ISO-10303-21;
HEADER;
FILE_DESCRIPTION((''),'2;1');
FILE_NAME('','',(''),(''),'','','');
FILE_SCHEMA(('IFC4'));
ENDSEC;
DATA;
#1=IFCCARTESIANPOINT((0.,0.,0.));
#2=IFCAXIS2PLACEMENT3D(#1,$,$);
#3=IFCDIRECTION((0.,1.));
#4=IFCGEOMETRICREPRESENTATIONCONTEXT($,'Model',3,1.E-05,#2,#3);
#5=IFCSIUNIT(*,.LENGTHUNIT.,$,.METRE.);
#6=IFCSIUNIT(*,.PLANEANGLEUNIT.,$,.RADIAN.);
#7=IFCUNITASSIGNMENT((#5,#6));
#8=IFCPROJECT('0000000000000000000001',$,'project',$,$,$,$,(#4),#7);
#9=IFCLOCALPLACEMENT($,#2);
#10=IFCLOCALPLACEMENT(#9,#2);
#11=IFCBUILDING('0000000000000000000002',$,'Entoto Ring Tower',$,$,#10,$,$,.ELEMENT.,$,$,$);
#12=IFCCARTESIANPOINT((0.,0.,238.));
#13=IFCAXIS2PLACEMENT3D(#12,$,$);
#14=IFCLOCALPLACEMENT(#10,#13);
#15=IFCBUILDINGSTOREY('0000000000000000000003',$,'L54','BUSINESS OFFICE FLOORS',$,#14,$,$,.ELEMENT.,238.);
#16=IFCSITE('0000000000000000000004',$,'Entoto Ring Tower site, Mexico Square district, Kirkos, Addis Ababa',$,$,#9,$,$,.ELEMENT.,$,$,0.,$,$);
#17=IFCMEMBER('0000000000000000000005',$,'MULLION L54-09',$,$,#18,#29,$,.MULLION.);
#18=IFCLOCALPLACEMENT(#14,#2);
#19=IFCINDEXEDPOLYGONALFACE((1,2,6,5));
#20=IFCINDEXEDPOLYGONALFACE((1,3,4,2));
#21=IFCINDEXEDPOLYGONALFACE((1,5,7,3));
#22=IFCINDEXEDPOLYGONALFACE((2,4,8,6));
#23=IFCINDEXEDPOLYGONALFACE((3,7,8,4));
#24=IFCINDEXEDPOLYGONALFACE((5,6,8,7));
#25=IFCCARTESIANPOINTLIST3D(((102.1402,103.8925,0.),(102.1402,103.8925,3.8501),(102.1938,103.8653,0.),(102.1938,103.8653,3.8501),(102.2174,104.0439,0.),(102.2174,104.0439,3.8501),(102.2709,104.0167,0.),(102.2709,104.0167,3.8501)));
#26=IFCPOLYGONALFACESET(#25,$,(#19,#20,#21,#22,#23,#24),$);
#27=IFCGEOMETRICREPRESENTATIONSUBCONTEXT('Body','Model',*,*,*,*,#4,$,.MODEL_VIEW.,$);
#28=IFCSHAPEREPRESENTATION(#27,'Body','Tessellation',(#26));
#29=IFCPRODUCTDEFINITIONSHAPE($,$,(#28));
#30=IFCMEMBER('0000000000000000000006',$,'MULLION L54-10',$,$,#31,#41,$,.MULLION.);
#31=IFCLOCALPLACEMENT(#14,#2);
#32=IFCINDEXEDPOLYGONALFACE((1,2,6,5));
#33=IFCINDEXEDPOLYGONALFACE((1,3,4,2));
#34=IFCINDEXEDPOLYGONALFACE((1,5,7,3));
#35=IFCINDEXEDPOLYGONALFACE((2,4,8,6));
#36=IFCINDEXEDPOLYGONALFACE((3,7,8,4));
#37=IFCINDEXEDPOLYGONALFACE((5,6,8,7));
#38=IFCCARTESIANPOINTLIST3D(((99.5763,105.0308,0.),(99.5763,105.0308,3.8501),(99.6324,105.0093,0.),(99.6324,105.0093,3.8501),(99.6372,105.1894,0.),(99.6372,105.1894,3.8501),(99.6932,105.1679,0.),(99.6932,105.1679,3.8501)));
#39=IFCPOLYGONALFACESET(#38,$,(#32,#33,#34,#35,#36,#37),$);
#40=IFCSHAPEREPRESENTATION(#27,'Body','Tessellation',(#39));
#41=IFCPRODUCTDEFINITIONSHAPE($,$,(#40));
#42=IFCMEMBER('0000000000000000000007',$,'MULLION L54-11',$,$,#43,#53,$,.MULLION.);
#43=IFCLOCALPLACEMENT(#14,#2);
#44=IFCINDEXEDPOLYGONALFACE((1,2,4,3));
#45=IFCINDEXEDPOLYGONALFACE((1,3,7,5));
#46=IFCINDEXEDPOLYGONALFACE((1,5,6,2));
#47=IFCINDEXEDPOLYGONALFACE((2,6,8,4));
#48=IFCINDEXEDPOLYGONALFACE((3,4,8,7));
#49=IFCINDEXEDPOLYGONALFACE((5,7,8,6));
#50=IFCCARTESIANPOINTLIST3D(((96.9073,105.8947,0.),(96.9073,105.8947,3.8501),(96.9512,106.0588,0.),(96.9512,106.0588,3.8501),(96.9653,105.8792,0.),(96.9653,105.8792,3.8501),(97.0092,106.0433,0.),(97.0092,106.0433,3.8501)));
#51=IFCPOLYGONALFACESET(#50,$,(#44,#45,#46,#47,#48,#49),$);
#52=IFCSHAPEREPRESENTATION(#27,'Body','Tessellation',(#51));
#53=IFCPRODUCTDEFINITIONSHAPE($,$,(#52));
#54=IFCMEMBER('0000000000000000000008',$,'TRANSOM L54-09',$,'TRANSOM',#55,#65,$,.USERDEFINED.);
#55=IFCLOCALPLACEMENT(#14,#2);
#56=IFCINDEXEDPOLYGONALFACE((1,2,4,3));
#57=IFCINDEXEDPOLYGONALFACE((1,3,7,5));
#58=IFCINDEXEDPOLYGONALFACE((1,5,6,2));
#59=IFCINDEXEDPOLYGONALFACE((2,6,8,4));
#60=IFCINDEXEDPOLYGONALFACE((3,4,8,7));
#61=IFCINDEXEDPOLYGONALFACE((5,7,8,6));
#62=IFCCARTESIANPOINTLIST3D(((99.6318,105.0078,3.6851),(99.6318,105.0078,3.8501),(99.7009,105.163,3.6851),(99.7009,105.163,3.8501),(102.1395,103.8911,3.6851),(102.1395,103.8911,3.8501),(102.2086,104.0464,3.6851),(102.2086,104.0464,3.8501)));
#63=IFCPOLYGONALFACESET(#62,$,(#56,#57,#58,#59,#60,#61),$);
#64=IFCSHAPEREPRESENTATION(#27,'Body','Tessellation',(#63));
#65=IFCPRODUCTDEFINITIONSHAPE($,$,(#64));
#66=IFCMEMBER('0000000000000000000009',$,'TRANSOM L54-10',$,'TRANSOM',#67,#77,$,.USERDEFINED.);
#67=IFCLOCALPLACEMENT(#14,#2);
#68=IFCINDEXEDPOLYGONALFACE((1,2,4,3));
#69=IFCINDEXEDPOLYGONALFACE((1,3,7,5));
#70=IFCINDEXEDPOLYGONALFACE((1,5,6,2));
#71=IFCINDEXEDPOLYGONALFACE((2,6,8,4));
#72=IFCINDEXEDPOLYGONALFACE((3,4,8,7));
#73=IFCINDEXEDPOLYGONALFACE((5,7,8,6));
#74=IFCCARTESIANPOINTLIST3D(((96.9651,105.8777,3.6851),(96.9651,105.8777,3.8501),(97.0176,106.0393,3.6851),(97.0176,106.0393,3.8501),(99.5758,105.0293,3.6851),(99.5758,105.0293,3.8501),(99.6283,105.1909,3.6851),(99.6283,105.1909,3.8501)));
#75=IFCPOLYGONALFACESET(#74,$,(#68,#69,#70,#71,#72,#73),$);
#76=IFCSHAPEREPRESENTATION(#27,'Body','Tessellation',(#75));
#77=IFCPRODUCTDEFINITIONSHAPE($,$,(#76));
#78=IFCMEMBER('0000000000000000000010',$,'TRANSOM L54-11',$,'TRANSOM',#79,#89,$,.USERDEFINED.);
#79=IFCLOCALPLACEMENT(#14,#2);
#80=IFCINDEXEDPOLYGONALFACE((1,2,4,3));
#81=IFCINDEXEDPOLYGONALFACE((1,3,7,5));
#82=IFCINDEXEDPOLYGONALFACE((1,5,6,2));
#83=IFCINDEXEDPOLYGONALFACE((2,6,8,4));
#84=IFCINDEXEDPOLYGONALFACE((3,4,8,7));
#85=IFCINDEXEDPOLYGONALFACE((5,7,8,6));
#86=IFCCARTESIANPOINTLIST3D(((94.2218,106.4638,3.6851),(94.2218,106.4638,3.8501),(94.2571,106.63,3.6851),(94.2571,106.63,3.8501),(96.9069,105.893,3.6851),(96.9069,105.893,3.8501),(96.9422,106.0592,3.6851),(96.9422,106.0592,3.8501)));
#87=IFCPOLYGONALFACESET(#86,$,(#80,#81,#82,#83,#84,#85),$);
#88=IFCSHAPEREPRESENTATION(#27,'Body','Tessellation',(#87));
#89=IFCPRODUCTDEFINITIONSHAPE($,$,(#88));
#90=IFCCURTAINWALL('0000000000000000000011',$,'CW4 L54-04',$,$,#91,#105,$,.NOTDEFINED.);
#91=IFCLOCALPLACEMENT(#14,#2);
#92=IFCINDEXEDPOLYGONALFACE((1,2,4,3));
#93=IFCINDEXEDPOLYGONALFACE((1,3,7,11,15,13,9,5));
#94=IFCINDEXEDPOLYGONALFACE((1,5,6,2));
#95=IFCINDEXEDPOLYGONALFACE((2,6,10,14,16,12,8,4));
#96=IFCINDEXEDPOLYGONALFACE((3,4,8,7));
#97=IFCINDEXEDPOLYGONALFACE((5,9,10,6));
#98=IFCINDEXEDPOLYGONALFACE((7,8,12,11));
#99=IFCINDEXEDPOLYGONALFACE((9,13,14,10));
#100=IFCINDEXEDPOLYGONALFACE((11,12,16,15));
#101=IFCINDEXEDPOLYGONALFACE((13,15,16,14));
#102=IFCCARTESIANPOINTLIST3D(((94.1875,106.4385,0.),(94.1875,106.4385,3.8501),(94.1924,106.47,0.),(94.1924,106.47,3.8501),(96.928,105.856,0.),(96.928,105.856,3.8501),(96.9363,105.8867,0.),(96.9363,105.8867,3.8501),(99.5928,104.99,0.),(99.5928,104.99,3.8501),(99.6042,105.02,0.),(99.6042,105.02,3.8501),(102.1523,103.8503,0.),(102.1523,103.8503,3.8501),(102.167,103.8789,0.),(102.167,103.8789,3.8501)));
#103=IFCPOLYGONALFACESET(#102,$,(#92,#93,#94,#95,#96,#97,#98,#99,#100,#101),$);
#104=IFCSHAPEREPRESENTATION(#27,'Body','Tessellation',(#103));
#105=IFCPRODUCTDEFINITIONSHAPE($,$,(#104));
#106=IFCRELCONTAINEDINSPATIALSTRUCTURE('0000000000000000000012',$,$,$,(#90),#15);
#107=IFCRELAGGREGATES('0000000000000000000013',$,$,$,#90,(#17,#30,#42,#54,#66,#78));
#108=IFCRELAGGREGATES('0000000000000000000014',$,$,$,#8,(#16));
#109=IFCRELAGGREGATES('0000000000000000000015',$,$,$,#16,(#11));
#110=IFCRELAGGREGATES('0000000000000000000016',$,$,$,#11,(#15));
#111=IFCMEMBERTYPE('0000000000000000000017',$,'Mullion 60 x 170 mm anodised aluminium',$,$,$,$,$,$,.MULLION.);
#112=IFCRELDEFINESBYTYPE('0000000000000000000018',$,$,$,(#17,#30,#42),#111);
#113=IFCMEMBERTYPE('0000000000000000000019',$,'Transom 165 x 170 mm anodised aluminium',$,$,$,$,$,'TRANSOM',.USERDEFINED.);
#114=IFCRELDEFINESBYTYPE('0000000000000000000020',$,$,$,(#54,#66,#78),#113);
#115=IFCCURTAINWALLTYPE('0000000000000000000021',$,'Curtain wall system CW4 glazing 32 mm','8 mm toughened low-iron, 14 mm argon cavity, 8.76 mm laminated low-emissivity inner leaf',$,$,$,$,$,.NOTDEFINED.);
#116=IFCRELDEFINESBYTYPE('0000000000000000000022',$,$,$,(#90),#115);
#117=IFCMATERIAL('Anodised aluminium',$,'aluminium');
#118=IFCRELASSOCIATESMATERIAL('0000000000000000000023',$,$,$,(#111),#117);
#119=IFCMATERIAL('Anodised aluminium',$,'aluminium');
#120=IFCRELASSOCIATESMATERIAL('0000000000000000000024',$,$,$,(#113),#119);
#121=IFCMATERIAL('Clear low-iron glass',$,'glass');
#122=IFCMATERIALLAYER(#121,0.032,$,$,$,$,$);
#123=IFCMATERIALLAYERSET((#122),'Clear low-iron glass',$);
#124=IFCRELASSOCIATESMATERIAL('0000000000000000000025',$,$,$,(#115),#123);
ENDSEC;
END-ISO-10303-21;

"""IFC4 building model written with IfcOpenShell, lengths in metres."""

from ifc_helpers import new_model, si_unit, direction, frame, origin, origin_2d, place, context, subcontext, project, spatial, polyline, rectangle, outline, extrude, material, layer, layer_set, material_profile, profile_set, type_object, element, aggregate, save


model = new_model("IFC4")

# Units and contexts
model_context = context("Model", 3, precision=1e-05, world=origin(), true_north=direction((0.0, 1.0)))
body_context = subcontext(model_context, "Body", "Model", "MODEL_VIEW")
ifc_project = project(units=[si_unit("LENGTHUNIT", "METRE"), si_unit("PLANEANGLEUNIT", "RADIAN")], contexts=[model_context])

# Members
ifc_material_1 = material(Name="Anodised aluminium", Category="aluminium")
ifc_material_profile_1 = material_profile(ifc_material_1, rectangle(XDim=0.0601, YDim=0.1699, at=origin_2d()), Name="Mullion 60 x 170 mm anodised aluminium")
ifc_profile_set_1 = profile_set([ifc_material_profile_1], Name="Anodised aluminium")
member_type_1 = type_object("IfcMemberType", Name="Mullion 60 x 170 mm anodised aluminium", PredefinedType="MULLION", material=ifc_profile_set_1)
site_placement = place(None, origin())
building_placement = place(site_placement, origin())
storey_placement = place(building_placement, frame((0.0, 0.0, 238.0)))
member_1_placement = place(storey_placement, frame((102.2056, 103.9546, 0.0), z_axis=(0.0, 0.0, 1.0), x_axis=(-0.891007, 0.45399, 0.0)))
member_1 = element("IfcMember", 1, at=member_1_placement, type_object=member_type_1, Name="MULLION L54-09", PredefinedType="MULLION", context=body_context, shape_type="SweptSolid", body=[
    extrude(rectangle(XDim=0.0601, YDim=0.1699, at=origin_2d()), origin(), (0.0, 0.0, 1.0), 3.8501),
])
member_2_placement = place(storey_placement, frame((99.6348, 105.0994, 0.0), z_axis=(0.0, 0.0, 1.0), x_axis=(-0.93358, 0.358368, 0.0)))
member_2 = element("IfcMember", 2, at=member_2_placement, type_object=member_type_1, Name="MULLION L54-10", PredefinedType="MULLION", context=body_context, shape_type="SweptSolid", body=[
    extrude(rectangle(XDim=0.0601, YDim=0.1699, at=origin_2d()), origin(), (0.0, 0.0, 1.0), 3.8501),
])
member_3_placement = place(storey_placement, frame((96.9583, 105.969, 0.0), z_axis=(0.0, 0.0, 1.0), x_axis=(-0.965926, 0.258819, 0.0)))
member_3 = element("IfcMember", 3, at=member_3_placement, type_object=member_type_1, Name="MULLION L54-11", PredefinedType="MULLION", context=body_context, shape_type="SweptSolid", body=[
    extrude(rectangle(XDim=0.0601, YDim=0.1699, at=origin_2d()), origin(), (0.0, 0.0, 1.0), 3.8501),
])
ifc_material_2 = material(Name="Anodised aluminium", Category="aluminium")
ifc_material_profile_2 = material_profile(ifc_material_2, rectangle(XDim=0.1699, YDim=0.165, at=origin_2d()), Name="Transom 165 x 170 mm anodised aluminium")
ifc_profile_set_2 = profile_set([ifc_material_profile_2], Name="Anodised aluminium")
member_type_2 = type_object("IfcMemberType", Name="Transom 165 x 170 mm anodised aluminium", ElementType="TRANSOM", PredefinedType="USERDEFINED", material=ifc_profile_set_2)
member_4_placement = place(storey_placement, frame((102.1741, 103.9688, 3.7676), z_axis=(-0.913525, 0.406782, 0.0), x_axis=(-0.406782, -0.913525, 0.0)))
member_4 = element("IfcMember", 4, at=member_4_placement, type_object=member_type_2, Name="TRANSOM L54-09", ObjectType="TRANSOM", PredefinedType="USERDEFINED", context=body_context, shape_type="SweptSolid", body=[
    extrude(rectangle(XDim=0.1699, YDim=0.165, at=origin_2d()), origin(), (0.0, 0.0, 1.0), 2.7451),
])
member_5_placement = place(storey_placement, frame((99.6021, 105.1101, 3.7676), z_axis=(-0.951048, 0.309042, 0.0), x_axis=(-0.309042, -0.951048, 0.0)))
member_5 = element("IfcMember", 5, at=member_5_placement, type_object=member_type_2, Name="TRANSOM L54-10", ObjectType="TRANSOM", PredefinedType="USERDEFINED", context=body_context, shape_type="SweptSolid", body=[
    extrude(rectangle(XDim=0.1699, YDim=0.165, at=origin_2d()), origin(), (0.0, 0.0, 1.0), 2.7451),
])
member_6_placement = place(storey_placement, frame((96.9246, 105.9761, 3.7676), z_axis=(-0.978142, 0.207937, 0.0), x_axis=(-0.207937, -0.978142, 0.0)))
member_6 = element("IfcMember", 6, at=member_6_placement, type_object=member_type_2, Name="TRANSOM L54-11", ObjectType="TRANSOM", PredefinedType="USERDEFINED", context=body_context, shape_type="SweptSolid", body=[
    extrude(rectangle(XDim=0.1699, YDim=0.165, at=origin_2d()), origin(), (0.0, 0.0, 1.0), 2.7451),
])

# Site, building, storey
site = spatial("IfcSite", under=ifc_project, at=site_placement, Name="Entoto Ring Tower site, Mexico Square district, Kirkos, Addis Ababa", CompositionType="ELEMENT", RefElevation=0.0)
building = spatial("IfcBuilding", under=site, at=building_placement, Name="Entoto Ring Tower", CompositionType="ELEMENT")
storey = spatial("IfcBuildingStorey", under=building, at=storey_placement, Name="L54", Description="BUSINESS OFFICE FLOORS", CompositionType="ELEMENT", Elevation=238.0)

# Curtain wall
ifc_material_3 = material(Name="Clear low-iron glass", Category="glass")
ifc_layer = layer(ifc_material_3, 0.032)
ifc_layer_set = layer_set([ifc_layer], Name="Clear low-iron glass")
curtain_wall_type = type_object("IfcCurtainWallType", Name="Curtain wall system CW4 glazing 32 mm", Description="8 mm toughened low-iron, 14 mm argon cavity, 8.76 mm laminated low-emissivity inner leaf", PredefinedType="NOTDEFINED", material=ifc_layer_set)
curtain_wall_1_placement = place(storey_placement, origin())
curtain_wall_1 = element("IfcCurtainWall", 7, at=curtain_wall_1_placement, inside=storey, type_object=curtain_wall_type, Name="CW4 L54-04", PredefinedType="NOTDEFINED", context=body_context, shape_type="SweptSolid", body=[
    extrude(outline(polyline([(102.167, 103.8789), (99.6042, 105.02), (96.9363, 105.8867), (94.1924, 106.47), (94.1875, 106.4385), (96.928, 105.856), (99.5928, 104.99), (102.1523, 103.8503), (102.167, 103.8789)])), origin(), (0.0, 0.0, 1.0), 3.8501),
])
aggregate(curtain_wall_1, [member_1, member_2, member_3, member_4, member_5, member_6])

save(model, "model.ifc")
